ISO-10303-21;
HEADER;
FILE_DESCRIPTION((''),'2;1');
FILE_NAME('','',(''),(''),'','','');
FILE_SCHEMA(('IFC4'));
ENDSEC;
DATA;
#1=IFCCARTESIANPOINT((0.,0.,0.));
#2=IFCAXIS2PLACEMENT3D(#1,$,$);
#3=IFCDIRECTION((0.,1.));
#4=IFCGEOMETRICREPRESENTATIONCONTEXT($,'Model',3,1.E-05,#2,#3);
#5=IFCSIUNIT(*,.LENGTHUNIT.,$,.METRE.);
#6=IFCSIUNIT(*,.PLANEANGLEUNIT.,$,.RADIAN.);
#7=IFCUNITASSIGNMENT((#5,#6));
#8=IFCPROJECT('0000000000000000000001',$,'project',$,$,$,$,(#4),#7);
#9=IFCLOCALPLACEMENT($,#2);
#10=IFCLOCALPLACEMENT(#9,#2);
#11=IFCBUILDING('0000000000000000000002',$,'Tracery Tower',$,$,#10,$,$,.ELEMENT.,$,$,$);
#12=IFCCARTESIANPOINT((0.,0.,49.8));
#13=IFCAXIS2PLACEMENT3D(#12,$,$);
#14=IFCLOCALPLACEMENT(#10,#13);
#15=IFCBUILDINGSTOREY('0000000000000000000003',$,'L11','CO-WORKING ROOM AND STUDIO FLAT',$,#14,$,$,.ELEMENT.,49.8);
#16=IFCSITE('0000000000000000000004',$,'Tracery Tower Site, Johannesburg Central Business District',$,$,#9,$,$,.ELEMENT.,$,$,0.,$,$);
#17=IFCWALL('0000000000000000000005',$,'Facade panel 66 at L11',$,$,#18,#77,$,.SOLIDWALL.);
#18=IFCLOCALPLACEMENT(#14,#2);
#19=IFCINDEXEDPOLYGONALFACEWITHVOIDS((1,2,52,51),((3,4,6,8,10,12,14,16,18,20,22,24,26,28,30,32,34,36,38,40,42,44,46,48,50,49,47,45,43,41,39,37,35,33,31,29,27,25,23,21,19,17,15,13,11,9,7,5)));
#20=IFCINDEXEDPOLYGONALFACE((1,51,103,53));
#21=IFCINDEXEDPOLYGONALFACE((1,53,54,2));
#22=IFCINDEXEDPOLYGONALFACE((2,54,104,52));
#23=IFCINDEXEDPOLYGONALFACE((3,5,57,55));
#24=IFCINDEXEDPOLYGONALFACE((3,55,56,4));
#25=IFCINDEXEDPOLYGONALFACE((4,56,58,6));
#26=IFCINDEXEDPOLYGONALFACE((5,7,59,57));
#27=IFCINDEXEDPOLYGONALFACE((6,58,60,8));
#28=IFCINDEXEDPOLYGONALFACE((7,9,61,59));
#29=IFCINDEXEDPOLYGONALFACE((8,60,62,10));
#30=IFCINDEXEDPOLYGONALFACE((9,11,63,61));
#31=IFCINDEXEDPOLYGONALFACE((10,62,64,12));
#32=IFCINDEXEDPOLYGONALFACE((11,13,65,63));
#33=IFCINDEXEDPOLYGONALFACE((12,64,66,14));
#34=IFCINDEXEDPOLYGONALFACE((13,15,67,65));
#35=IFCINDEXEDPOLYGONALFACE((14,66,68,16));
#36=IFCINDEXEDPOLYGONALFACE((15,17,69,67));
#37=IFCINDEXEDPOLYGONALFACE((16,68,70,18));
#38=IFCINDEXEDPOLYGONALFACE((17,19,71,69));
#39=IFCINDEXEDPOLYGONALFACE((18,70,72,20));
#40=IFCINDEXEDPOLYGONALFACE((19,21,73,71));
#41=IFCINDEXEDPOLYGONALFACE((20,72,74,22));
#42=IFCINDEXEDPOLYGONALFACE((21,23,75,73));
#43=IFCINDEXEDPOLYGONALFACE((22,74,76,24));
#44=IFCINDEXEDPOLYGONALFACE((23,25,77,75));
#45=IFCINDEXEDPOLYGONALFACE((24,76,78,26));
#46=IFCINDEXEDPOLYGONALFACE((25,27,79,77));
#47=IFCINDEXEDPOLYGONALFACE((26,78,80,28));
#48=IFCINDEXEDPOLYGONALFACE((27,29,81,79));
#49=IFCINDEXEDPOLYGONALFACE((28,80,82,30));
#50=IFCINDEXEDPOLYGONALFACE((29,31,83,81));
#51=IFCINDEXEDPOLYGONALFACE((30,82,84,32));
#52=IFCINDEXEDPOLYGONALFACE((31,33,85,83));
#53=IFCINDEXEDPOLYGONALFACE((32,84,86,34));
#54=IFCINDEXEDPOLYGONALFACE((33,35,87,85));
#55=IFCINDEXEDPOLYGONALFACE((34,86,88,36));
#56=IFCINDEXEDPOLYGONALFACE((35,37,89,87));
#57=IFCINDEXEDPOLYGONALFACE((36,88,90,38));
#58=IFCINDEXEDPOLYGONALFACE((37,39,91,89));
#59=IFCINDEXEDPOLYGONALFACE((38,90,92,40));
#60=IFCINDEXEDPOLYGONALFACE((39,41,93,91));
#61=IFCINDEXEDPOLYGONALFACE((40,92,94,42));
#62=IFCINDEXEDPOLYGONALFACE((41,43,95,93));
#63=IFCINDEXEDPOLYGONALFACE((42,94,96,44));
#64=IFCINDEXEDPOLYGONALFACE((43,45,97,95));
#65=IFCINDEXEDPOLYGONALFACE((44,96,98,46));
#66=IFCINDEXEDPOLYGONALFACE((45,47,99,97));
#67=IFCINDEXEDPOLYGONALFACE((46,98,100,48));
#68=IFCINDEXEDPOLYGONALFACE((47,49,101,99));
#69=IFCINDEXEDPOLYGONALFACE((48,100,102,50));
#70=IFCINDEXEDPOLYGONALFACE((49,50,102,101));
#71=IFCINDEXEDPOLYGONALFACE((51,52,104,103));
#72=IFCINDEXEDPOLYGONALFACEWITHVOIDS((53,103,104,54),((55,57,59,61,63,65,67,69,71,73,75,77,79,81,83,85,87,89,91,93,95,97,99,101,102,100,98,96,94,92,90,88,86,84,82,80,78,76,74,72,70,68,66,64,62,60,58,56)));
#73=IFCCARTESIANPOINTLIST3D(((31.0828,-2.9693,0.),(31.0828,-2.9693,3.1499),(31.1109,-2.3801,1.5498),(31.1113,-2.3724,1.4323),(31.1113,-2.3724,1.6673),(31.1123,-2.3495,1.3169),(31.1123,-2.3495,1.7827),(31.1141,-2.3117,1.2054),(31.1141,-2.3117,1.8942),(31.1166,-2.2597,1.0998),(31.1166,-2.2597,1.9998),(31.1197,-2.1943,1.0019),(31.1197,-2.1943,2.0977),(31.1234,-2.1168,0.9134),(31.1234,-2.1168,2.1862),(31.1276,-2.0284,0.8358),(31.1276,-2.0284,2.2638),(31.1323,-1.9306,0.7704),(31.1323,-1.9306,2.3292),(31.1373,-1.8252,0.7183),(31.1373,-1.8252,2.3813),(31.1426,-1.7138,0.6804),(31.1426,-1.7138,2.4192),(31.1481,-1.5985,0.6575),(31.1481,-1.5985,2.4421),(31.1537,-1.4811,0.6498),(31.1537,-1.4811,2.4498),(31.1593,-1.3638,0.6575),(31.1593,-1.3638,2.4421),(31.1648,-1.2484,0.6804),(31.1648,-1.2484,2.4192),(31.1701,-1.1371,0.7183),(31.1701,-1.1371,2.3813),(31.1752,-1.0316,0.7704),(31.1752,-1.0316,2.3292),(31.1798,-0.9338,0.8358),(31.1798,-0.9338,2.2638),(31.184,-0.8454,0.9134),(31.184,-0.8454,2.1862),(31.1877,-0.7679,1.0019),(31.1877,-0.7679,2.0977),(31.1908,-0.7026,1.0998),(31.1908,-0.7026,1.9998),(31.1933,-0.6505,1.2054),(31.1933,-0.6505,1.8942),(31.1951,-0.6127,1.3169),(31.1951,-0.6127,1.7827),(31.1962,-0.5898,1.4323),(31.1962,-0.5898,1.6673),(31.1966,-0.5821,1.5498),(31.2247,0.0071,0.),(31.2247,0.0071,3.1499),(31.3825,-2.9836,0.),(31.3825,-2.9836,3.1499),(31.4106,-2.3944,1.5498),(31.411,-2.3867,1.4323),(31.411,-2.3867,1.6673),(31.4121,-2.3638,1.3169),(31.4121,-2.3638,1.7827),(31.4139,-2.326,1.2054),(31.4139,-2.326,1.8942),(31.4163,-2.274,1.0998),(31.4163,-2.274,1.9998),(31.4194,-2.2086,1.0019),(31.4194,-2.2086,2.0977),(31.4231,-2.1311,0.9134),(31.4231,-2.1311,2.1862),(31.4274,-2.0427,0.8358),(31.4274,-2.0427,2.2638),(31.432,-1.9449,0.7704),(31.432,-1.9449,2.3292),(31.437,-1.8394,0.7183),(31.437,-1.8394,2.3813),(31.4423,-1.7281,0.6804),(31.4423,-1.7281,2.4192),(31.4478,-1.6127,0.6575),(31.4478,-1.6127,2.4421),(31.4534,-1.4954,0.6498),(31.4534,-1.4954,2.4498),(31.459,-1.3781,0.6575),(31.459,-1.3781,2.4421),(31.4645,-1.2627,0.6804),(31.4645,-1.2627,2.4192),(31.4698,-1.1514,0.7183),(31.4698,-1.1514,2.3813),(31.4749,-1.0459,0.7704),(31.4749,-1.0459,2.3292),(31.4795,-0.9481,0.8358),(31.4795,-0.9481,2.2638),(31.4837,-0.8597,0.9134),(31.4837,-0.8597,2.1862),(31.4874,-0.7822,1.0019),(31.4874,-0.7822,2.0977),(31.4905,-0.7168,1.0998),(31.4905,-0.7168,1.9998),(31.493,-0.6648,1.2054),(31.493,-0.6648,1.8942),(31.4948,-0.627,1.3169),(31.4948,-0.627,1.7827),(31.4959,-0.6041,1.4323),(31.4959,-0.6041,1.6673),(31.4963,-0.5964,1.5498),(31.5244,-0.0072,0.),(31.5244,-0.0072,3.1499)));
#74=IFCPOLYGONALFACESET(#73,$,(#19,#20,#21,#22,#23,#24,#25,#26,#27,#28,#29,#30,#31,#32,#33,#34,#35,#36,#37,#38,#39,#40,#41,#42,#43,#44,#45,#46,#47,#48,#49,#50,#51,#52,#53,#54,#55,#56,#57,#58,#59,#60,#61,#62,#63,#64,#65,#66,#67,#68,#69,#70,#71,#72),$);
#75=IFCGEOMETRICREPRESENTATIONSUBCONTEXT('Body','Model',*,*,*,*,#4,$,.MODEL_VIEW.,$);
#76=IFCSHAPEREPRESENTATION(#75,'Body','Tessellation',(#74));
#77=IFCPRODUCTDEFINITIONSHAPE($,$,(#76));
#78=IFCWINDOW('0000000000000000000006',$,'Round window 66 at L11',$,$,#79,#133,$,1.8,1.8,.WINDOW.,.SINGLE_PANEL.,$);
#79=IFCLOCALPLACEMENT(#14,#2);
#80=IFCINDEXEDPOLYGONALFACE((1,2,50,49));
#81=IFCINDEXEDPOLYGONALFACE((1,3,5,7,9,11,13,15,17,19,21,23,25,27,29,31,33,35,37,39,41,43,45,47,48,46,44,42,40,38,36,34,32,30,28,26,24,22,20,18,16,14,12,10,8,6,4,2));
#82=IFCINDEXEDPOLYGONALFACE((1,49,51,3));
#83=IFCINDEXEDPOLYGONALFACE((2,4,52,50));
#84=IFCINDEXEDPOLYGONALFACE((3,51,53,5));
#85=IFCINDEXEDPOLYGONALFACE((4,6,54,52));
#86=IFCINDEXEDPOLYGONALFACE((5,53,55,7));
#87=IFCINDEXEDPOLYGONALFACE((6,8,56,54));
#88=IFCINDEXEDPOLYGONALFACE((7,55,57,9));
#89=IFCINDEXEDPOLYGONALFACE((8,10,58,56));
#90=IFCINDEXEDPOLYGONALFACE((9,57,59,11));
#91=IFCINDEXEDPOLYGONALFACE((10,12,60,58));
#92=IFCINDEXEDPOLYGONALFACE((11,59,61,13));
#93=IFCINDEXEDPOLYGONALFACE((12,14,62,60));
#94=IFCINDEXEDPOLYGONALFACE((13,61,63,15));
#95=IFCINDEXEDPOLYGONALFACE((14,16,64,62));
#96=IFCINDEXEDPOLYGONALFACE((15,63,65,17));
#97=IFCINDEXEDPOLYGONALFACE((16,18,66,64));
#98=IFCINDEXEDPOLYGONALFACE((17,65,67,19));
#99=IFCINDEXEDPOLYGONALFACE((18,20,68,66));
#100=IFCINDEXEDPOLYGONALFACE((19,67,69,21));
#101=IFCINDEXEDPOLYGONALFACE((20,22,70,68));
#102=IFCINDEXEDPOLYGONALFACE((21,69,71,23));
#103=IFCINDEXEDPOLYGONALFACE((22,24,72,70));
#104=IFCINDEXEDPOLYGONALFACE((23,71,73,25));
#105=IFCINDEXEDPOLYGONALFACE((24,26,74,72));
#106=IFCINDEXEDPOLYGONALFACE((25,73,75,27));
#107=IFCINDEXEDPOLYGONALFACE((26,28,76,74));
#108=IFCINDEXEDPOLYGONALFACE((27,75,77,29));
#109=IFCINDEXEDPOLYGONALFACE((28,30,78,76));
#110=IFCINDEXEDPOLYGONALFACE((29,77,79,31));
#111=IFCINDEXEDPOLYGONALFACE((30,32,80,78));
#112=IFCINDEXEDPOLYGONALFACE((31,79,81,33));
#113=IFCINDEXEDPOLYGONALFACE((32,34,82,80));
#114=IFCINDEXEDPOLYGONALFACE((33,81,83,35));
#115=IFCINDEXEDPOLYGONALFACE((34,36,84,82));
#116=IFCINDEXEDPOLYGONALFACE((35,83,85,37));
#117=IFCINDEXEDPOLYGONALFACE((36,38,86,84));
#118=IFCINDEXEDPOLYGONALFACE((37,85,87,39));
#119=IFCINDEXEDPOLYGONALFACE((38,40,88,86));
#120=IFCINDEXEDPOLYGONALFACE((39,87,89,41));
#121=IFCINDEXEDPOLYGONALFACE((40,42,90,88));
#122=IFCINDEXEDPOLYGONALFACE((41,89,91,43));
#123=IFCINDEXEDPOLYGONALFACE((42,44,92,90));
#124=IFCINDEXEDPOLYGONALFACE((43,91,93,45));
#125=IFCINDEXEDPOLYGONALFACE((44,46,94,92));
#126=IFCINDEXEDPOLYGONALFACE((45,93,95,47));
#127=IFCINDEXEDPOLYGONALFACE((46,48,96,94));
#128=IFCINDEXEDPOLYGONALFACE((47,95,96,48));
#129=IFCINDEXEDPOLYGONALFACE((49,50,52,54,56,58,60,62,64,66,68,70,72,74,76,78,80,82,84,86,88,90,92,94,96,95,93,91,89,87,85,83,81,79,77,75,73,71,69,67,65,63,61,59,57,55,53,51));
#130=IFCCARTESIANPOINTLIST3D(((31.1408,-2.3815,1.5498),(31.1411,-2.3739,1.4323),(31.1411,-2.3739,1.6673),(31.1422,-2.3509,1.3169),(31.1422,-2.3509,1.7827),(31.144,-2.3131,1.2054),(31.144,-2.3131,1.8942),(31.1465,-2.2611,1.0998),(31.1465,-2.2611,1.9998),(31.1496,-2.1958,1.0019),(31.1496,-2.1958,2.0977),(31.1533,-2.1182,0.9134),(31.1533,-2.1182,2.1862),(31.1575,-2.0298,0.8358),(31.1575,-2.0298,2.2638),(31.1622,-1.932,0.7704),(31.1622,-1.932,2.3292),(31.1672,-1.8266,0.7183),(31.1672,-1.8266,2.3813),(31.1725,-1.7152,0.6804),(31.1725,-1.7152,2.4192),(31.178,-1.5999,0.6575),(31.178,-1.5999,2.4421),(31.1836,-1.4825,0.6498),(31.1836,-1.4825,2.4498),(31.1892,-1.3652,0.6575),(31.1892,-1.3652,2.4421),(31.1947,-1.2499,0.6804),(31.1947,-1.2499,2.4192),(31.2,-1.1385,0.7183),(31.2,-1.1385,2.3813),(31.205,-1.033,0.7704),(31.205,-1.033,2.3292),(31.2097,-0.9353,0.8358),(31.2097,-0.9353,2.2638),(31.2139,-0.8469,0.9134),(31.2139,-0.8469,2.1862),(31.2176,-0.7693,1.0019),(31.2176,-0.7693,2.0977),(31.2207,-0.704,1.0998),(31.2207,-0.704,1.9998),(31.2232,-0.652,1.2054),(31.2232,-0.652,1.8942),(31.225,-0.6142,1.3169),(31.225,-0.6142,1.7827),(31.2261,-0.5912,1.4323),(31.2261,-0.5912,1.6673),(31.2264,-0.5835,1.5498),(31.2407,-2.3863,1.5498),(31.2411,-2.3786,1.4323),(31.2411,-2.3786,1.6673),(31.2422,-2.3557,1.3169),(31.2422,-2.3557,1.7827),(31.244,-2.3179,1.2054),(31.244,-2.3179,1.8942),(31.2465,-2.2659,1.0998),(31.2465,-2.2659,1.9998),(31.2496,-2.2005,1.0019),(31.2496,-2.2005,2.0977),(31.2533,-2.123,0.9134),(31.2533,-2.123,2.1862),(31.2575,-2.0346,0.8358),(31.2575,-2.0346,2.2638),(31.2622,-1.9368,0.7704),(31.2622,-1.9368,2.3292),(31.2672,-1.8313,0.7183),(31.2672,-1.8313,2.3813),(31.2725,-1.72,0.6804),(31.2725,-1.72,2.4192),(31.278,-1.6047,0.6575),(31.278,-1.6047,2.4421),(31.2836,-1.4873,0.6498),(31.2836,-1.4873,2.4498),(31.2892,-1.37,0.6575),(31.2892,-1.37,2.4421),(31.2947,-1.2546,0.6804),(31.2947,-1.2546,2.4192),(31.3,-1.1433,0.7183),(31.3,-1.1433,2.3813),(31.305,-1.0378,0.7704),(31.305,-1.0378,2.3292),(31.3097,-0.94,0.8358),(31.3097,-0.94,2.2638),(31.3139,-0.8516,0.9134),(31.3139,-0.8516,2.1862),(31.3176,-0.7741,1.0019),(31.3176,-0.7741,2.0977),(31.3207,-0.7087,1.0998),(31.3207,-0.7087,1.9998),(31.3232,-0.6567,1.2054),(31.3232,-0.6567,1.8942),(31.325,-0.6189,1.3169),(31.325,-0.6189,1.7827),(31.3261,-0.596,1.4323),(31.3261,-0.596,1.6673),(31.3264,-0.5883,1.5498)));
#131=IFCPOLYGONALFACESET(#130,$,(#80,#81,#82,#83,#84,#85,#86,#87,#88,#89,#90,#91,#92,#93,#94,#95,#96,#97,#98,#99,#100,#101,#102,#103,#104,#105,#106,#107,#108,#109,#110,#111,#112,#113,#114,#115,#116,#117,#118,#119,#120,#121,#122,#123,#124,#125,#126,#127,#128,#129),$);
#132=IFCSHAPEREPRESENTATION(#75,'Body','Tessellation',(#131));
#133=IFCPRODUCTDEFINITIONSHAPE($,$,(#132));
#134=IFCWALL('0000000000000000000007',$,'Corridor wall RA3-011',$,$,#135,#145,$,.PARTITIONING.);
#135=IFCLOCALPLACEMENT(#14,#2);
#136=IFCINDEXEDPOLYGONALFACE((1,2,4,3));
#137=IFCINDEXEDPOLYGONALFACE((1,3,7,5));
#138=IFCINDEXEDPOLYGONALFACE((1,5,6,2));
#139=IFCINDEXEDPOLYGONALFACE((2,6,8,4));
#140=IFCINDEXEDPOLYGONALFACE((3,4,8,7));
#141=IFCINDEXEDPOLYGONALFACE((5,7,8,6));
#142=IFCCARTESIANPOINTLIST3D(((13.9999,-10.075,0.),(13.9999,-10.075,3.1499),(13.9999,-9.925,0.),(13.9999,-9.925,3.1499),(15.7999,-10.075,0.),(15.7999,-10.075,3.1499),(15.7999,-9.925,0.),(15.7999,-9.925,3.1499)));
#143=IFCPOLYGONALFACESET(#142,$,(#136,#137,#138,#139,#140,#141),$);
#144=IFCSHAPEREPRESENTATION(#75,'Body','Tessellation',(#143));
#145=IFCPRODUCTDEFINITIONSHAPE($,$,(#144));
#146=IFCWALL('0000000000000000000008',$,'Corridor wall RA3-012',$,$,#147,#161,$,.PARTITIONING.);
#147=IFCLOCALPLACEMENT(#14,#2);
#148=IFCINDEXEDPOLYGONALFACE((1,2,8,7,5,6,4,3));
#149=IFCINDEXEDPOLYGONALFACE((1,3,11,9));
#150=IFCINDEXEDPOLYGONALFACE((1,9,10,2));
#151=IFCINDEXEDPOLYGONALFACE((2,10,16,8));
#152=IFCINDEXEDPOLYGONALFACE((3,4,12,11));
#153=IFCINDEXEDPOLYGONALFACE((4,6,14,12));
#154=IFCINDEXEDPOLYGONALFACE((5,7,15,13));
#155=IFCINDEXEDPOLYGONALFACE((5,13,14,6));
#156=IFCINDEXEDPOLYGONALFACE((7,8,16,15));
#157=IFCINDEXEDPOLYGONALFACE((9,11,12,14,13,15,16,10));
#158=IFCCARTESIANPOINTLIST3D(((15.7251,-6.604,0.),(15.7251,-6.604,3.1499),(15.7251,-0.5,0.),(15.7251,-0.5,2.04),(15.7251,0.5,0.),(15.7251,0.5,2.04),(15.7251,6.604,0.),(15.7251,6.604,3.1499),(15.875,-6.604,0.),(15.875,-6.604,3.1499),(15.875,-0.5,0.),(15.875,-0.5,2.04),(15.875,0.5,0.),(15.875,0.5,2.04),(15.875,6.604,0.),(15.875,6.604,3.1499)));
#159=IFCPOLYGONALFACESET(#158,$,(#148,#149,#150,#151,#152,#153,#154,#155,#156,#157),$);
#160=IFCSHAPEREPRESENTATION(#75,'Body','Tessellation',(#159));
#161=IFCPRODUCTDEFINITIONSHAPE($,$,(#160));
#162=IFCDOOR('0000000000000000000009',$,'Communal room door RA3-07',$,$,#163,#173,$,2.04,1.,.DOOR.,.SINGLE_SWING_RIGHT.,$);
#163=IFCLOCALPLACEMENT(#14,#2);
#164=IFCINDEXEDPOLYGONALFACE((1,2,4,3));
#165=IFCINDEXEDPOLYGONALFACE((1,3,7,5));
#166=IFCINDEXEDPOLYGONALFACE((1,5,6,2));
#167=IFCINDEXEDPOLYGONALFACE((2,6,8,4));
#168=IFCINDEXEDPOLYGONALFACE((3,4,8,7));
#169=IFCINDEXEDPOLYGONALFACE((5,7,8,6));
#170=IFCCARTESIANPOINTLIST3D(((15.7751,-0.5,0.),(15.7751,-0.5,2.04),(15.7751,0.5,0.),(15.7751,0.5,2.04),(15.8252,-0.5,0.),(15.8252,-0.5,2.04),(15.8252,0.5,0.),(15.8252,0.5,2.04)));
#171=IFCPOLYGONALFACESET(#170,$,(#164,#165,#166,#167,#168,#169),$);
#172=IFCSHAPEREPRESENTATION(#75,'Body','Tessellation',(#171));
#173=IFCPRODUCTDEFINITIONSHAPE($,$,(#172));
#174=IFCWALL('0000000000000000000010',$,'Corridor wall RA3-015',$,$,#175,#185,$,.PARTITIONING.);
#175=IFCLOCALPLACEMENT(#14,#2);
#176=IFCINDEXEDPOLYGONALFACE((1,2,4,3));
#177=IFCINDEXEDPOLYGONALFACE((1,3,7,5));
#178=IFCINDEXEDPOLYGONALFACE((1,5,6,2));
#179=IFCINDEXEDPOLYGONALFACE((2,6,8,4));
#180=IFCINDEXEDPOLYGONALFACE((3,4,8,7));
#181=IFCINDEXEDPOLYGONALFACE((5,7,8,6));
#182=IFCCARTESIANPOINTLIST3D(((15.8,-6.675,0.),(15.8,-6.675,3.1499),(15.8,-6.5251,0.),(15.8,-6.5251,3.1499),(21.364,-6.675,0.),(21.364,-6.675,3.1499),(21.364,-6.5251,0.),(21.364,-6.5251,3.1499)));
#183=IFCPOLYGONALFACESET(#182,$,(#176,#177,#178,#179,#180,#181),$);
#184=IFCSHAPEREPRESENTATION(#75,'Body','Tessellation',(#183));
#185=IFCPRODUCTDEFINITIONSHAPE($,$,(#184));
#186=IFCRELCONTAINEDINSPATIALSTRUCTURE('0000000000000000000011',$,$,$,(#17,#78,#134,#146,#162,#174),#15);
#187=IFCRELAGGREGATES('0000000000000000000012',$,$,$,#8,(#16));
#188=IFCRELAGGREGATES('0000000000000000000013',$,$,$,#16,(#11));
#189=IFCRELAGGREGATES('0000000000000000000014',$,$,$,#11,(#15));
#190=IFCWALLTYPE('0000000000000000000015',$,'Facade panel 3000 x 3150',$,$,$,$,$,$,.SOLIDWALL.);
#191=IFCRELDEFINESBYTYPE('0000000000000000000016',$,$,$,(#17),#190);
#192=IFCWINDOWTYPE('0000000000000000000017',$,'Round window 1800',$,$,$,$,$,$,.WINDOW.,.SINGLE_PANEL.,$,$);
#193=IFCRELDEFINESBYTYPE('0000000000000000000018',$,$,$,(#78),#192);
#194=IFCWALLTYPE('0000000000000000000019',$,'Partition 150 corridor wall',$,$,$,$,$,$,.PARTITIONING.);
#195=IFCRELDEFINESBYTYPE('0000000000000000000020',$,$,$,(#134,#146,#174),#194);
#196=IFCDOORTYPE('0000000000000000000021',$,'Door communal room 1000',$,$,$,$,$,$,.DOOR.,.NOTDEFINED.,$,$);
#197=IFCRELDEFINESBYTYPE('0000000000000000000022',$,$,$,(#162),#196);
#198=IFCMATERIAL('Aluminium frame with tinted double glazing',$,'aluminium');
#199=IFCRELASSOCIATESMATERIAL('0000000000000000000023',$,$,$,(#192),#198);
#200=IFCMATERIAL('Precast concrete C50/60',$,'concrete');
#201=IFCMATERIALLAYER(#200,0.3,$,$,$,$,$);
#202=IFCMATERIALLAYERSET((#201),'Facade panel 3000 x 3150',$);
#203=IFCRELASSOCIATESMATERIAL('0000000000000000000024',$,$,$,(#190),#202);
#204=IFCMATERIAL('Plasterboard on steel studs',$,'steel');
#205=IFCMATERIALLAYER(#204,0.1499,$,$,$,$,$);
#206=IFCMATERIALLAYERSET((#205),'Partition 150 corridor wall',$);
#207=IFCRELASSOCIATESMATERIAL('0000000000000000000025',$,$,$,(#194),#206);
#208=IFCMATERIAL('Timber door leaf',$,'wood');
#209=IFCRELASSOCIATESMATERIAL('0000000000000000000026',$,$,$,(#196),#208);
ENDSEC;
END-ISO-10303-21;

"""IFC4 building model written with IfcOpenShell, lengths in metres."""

from ifc_helpers import new_model, si_unit, direction, frame, frame_2d, origin, origin_2d, place, context, subcontext, project, spatial, rectangle, circle, extrude, material, layer, layer_set, type_object, element, fill, save


model = new_model("IFC4")

# Units and contexts
model_context = context("Model", 3, precision=1e-05, world=origin(), true_north=direction((0.0, 1.0)))
body_context = subcontext(model_context, "Body", "Model", "MODEL_VIEW")
ifc_project = project(units=[si_unit("LENGTHUNIT", "METRE"), si_unit("PLANEANGLEUNIT", "RADIAN")], contexts=[model_context])

# Site, building, storey
site_placement = place(None, origin())
site = spatial("IfcSite", under=ifc_project, at=site_placement, Name="Tracery Tower Site, Johannesburg Central Business District", CompositionType="ELEMENT", RefElevation=0.0)
building_placement = place(site_placement, origin())
building = spatial("IfcBuilding", under=site, at=building_placement, Name="Tracery Tower", CompositionType="ELEMENT")
storey_placement = place(building_placement, frame((0.0, 0.0, 49.8)))
storey = spatial("IfcBuildingStorey", under=building, at=storey_placement, Name="L11", Description="CO-WORKING ROOM AND STUDIO FLAT", CompositionType="ELEMENT", Elevation=49.8)

# Wall, opening, window
ifc_material_1 = material(Name="Aluminium frame with tinted double glazing", Category="aluminium")
window_type = type_object("IfcWindowType", Name="Round window 1800", PartitioningType="SINGLE_PANEL", PredefinedType="WINDOW", material=ifc_material_1)
ifc_material_2 = material(Name="Precast concrete C50/60", Category="concrete")
ifc_layer_1 = layer(ifc_material_2, 0.3)
ifc_layer_set_1 = layer_set([ifc_layer_1], Name="Facade panel 3000 x 3150")
wall_type_1 = type_object("IfcWallType", Name="Facade panel 3000 x 3150", PredefinedType="SOLIDWALL", material=ifc_layer_set_1)
wall_1_placement = place(storey_placement, frame((31.2327, -2.9763, 0.0), z_axis=(0.0, 0.0, 1.0), x_axis=(0.047604, 0.998866, 0.0)))
wall_1 = element("IfcWall", 1, at=wall_1_placement, inside=storey, type_object=wall_type_1, Name="Facade panel 66 at L11", PredefinedType="SOLIDWALL", context=body_context, shape_type="SweptSolid", body=[
    extrude(rectangle(XDim=2.9797, YDim=0.3, at=frame_2d((1.4897, 0.0))), origin(), (0.0, 0.0, 1.0), 3.1499),
])
opening_1_placement = place(wall_1_placement, frame((1.4897, 0.0, 1.5498)))
opening_1 = element("IfcOpeningElement", 2, at=opening_1_placement, cuts=wall_1, PredefinedType="OPENING", context=body_context, shape_type="SweptSolid", body=[
    extrude(circle(Radius=0.9, at=origin_2d()), frame((0.0, 0.1599, 0.0), z_axis=(0.0, -1.0, 0.0), x_axis=(1.0, 0.0, 0.0)), (0.0, 0.0, 1.0), 0.3201),
])
window_1_placement = place(opening_1_placement, origin())
window_1 = element("IfcWindow", 3, at=window_1_placement, inside=storey, type_object=window_type, Name="Round window 66 at L11", OverallHeight=1.8, OverallWidth=1.8, PartitioningType="SINGLE_PANEL", PredefinedType="WINDOW", context=body_context, shape_type="SweptSolid", body=[
    extrude(circle(Radius=0.9, at=origin_2d()), frame((0.0, 0.1201, 0.0), z_axis=(0.0, -1.0, 0.0), x_axis=(1.0, 0.0, 0.0)), (0.0, 0.0, 1.0), 0.1001),
])
fill(opening_1, window_1)

# Wall
ifc_material_3 = material(Name="Plasterboard on steel studs", Category="steel")
ifc_layer_2 = layer(ifc_material_3, 0.1499)
ifc_layer_set_2 = layer_set([ifc_layer_2], Name="Partition 150 corridor wall")
wall_type_2 = type_object("IfcWallType", Name="Partition 150 corridor wall", PredefinedType="PARTITIONING", material=ifc_layer_set_2)
wall_2_placement = place(storey_placement, frame((14.0, -10.0, 0.0), z_axis=(0.0, 0.0, 1.0), x_axis=(1.0, 0.0, 0.0)))
element("IfcWall", 4, at=wall_2_placement, inside=storey, type_object=wall_type_2, Name="Corridor wall RA3-011", PredefinedType="PARTITIONING", context=body_context, shape_type="SweptSolid", body=[
    extrude(rectangle(XDim=1.8, YDim=0.1499, at=frame_2d((0.8999, 0.0))), origin(), (0.0, 0.0, 1.0), 3.1499),
])

# Wall, opening, door
wall_3_placement = place(storey_placement, frame((15.8, -6.604, 0.0), z_axis=(0.0, 0.0, 1.0), x_axis=(0.0, 1.0, 0.0)))
wall_3 = element("IfcWall", 5, at=wall_3_placement, inside=storey, type_object=wall_type_2, Name="Corridor wall RA3-012", PredefinedType="PARTITIONING", context=body_context, shape_type="SweptSolid", body=[
    extrude(rectangle(XDim=13.208, YDim=0.1499, at=frame_2d((6.604, 0.0))), origin(), (0.0, 0.0, 1.0), 3.1499),
])
opening_2_placement = place(wall_3_placement, frame((6.104, 0.0, 0.0)))
opening_2 = element("IfcOpeningElement", 6, at=opening_2_placement, cuts=wall_3, PredefinedType="OPENING", context=body_context, shape_type="SweptSolid", body=[
    extrude(rectangle(XDim=1.0, YDim=2.04, at=frame_2d((0.5, 1.02))), frame((0.0, 0.075, 0.0), z_axis=(0.0, -1.0, 0.0), x_axis=(1.0, 0.0, 0.0)), (0.0, 0.0, 1.0), 0.1499),
])
ifc_material_4 = material(Name="Timber door leaf", Category="wood")
door_type_1 = type_object("IfcDoorType", Name="Door communal room 1000", OperationType="NOTDEFINED", PredefinedType="DOOR", material=ifc_material_4)
door_1_placement = place(opening_2_placement, origin())
door_1 = element("IfcDoor", 7, at=door_1_placement, inside=storey, type_object=door_type_1, Name="Communal room door RA3-07", OperationType="SINGLE_SWING_RIGHT", OverallHeight=2.04, OverallWidth=1.0, PredefinedType="DOOR", context=body_context, shape_type="SweptSolid", body=[
    extrude(rectangle(XDim=1.0, YDim=2.04, at=frame_2d((0.5, 1.02))), frame((0.0, 0.0249, 0.0), z_axis=(0.0, -1.0, 0.0), x_axis=(1.0, 0.0, 0.0)), (0.0, 0.0, 1.0), 0.05),
])
fill(opening_2, door_1)

# Wall
wall_4_placement = place(storey_placement, frame((15.8, -6.6001, 0.0), z_axis=(0.0, 0.0, 1.0), x_axis=(1.0, 0.0, 0.0)))
element("IfcWall", 8, at=wall_4_placement, inside=storey, type_object=wall_type_2, Name="Corridor wall RA3-015", PredefinedType="PARTITIONING", context=body_context, shape_type="SweptSolid", body=[
    extrude(rectangle(XDim=5.564, YDim=0.1499, at=frame_2d((2.782, 0.0))), origin(), (0.0, 0.0, 1.0), 3.1499),
])

save(model, "model.ifc")
